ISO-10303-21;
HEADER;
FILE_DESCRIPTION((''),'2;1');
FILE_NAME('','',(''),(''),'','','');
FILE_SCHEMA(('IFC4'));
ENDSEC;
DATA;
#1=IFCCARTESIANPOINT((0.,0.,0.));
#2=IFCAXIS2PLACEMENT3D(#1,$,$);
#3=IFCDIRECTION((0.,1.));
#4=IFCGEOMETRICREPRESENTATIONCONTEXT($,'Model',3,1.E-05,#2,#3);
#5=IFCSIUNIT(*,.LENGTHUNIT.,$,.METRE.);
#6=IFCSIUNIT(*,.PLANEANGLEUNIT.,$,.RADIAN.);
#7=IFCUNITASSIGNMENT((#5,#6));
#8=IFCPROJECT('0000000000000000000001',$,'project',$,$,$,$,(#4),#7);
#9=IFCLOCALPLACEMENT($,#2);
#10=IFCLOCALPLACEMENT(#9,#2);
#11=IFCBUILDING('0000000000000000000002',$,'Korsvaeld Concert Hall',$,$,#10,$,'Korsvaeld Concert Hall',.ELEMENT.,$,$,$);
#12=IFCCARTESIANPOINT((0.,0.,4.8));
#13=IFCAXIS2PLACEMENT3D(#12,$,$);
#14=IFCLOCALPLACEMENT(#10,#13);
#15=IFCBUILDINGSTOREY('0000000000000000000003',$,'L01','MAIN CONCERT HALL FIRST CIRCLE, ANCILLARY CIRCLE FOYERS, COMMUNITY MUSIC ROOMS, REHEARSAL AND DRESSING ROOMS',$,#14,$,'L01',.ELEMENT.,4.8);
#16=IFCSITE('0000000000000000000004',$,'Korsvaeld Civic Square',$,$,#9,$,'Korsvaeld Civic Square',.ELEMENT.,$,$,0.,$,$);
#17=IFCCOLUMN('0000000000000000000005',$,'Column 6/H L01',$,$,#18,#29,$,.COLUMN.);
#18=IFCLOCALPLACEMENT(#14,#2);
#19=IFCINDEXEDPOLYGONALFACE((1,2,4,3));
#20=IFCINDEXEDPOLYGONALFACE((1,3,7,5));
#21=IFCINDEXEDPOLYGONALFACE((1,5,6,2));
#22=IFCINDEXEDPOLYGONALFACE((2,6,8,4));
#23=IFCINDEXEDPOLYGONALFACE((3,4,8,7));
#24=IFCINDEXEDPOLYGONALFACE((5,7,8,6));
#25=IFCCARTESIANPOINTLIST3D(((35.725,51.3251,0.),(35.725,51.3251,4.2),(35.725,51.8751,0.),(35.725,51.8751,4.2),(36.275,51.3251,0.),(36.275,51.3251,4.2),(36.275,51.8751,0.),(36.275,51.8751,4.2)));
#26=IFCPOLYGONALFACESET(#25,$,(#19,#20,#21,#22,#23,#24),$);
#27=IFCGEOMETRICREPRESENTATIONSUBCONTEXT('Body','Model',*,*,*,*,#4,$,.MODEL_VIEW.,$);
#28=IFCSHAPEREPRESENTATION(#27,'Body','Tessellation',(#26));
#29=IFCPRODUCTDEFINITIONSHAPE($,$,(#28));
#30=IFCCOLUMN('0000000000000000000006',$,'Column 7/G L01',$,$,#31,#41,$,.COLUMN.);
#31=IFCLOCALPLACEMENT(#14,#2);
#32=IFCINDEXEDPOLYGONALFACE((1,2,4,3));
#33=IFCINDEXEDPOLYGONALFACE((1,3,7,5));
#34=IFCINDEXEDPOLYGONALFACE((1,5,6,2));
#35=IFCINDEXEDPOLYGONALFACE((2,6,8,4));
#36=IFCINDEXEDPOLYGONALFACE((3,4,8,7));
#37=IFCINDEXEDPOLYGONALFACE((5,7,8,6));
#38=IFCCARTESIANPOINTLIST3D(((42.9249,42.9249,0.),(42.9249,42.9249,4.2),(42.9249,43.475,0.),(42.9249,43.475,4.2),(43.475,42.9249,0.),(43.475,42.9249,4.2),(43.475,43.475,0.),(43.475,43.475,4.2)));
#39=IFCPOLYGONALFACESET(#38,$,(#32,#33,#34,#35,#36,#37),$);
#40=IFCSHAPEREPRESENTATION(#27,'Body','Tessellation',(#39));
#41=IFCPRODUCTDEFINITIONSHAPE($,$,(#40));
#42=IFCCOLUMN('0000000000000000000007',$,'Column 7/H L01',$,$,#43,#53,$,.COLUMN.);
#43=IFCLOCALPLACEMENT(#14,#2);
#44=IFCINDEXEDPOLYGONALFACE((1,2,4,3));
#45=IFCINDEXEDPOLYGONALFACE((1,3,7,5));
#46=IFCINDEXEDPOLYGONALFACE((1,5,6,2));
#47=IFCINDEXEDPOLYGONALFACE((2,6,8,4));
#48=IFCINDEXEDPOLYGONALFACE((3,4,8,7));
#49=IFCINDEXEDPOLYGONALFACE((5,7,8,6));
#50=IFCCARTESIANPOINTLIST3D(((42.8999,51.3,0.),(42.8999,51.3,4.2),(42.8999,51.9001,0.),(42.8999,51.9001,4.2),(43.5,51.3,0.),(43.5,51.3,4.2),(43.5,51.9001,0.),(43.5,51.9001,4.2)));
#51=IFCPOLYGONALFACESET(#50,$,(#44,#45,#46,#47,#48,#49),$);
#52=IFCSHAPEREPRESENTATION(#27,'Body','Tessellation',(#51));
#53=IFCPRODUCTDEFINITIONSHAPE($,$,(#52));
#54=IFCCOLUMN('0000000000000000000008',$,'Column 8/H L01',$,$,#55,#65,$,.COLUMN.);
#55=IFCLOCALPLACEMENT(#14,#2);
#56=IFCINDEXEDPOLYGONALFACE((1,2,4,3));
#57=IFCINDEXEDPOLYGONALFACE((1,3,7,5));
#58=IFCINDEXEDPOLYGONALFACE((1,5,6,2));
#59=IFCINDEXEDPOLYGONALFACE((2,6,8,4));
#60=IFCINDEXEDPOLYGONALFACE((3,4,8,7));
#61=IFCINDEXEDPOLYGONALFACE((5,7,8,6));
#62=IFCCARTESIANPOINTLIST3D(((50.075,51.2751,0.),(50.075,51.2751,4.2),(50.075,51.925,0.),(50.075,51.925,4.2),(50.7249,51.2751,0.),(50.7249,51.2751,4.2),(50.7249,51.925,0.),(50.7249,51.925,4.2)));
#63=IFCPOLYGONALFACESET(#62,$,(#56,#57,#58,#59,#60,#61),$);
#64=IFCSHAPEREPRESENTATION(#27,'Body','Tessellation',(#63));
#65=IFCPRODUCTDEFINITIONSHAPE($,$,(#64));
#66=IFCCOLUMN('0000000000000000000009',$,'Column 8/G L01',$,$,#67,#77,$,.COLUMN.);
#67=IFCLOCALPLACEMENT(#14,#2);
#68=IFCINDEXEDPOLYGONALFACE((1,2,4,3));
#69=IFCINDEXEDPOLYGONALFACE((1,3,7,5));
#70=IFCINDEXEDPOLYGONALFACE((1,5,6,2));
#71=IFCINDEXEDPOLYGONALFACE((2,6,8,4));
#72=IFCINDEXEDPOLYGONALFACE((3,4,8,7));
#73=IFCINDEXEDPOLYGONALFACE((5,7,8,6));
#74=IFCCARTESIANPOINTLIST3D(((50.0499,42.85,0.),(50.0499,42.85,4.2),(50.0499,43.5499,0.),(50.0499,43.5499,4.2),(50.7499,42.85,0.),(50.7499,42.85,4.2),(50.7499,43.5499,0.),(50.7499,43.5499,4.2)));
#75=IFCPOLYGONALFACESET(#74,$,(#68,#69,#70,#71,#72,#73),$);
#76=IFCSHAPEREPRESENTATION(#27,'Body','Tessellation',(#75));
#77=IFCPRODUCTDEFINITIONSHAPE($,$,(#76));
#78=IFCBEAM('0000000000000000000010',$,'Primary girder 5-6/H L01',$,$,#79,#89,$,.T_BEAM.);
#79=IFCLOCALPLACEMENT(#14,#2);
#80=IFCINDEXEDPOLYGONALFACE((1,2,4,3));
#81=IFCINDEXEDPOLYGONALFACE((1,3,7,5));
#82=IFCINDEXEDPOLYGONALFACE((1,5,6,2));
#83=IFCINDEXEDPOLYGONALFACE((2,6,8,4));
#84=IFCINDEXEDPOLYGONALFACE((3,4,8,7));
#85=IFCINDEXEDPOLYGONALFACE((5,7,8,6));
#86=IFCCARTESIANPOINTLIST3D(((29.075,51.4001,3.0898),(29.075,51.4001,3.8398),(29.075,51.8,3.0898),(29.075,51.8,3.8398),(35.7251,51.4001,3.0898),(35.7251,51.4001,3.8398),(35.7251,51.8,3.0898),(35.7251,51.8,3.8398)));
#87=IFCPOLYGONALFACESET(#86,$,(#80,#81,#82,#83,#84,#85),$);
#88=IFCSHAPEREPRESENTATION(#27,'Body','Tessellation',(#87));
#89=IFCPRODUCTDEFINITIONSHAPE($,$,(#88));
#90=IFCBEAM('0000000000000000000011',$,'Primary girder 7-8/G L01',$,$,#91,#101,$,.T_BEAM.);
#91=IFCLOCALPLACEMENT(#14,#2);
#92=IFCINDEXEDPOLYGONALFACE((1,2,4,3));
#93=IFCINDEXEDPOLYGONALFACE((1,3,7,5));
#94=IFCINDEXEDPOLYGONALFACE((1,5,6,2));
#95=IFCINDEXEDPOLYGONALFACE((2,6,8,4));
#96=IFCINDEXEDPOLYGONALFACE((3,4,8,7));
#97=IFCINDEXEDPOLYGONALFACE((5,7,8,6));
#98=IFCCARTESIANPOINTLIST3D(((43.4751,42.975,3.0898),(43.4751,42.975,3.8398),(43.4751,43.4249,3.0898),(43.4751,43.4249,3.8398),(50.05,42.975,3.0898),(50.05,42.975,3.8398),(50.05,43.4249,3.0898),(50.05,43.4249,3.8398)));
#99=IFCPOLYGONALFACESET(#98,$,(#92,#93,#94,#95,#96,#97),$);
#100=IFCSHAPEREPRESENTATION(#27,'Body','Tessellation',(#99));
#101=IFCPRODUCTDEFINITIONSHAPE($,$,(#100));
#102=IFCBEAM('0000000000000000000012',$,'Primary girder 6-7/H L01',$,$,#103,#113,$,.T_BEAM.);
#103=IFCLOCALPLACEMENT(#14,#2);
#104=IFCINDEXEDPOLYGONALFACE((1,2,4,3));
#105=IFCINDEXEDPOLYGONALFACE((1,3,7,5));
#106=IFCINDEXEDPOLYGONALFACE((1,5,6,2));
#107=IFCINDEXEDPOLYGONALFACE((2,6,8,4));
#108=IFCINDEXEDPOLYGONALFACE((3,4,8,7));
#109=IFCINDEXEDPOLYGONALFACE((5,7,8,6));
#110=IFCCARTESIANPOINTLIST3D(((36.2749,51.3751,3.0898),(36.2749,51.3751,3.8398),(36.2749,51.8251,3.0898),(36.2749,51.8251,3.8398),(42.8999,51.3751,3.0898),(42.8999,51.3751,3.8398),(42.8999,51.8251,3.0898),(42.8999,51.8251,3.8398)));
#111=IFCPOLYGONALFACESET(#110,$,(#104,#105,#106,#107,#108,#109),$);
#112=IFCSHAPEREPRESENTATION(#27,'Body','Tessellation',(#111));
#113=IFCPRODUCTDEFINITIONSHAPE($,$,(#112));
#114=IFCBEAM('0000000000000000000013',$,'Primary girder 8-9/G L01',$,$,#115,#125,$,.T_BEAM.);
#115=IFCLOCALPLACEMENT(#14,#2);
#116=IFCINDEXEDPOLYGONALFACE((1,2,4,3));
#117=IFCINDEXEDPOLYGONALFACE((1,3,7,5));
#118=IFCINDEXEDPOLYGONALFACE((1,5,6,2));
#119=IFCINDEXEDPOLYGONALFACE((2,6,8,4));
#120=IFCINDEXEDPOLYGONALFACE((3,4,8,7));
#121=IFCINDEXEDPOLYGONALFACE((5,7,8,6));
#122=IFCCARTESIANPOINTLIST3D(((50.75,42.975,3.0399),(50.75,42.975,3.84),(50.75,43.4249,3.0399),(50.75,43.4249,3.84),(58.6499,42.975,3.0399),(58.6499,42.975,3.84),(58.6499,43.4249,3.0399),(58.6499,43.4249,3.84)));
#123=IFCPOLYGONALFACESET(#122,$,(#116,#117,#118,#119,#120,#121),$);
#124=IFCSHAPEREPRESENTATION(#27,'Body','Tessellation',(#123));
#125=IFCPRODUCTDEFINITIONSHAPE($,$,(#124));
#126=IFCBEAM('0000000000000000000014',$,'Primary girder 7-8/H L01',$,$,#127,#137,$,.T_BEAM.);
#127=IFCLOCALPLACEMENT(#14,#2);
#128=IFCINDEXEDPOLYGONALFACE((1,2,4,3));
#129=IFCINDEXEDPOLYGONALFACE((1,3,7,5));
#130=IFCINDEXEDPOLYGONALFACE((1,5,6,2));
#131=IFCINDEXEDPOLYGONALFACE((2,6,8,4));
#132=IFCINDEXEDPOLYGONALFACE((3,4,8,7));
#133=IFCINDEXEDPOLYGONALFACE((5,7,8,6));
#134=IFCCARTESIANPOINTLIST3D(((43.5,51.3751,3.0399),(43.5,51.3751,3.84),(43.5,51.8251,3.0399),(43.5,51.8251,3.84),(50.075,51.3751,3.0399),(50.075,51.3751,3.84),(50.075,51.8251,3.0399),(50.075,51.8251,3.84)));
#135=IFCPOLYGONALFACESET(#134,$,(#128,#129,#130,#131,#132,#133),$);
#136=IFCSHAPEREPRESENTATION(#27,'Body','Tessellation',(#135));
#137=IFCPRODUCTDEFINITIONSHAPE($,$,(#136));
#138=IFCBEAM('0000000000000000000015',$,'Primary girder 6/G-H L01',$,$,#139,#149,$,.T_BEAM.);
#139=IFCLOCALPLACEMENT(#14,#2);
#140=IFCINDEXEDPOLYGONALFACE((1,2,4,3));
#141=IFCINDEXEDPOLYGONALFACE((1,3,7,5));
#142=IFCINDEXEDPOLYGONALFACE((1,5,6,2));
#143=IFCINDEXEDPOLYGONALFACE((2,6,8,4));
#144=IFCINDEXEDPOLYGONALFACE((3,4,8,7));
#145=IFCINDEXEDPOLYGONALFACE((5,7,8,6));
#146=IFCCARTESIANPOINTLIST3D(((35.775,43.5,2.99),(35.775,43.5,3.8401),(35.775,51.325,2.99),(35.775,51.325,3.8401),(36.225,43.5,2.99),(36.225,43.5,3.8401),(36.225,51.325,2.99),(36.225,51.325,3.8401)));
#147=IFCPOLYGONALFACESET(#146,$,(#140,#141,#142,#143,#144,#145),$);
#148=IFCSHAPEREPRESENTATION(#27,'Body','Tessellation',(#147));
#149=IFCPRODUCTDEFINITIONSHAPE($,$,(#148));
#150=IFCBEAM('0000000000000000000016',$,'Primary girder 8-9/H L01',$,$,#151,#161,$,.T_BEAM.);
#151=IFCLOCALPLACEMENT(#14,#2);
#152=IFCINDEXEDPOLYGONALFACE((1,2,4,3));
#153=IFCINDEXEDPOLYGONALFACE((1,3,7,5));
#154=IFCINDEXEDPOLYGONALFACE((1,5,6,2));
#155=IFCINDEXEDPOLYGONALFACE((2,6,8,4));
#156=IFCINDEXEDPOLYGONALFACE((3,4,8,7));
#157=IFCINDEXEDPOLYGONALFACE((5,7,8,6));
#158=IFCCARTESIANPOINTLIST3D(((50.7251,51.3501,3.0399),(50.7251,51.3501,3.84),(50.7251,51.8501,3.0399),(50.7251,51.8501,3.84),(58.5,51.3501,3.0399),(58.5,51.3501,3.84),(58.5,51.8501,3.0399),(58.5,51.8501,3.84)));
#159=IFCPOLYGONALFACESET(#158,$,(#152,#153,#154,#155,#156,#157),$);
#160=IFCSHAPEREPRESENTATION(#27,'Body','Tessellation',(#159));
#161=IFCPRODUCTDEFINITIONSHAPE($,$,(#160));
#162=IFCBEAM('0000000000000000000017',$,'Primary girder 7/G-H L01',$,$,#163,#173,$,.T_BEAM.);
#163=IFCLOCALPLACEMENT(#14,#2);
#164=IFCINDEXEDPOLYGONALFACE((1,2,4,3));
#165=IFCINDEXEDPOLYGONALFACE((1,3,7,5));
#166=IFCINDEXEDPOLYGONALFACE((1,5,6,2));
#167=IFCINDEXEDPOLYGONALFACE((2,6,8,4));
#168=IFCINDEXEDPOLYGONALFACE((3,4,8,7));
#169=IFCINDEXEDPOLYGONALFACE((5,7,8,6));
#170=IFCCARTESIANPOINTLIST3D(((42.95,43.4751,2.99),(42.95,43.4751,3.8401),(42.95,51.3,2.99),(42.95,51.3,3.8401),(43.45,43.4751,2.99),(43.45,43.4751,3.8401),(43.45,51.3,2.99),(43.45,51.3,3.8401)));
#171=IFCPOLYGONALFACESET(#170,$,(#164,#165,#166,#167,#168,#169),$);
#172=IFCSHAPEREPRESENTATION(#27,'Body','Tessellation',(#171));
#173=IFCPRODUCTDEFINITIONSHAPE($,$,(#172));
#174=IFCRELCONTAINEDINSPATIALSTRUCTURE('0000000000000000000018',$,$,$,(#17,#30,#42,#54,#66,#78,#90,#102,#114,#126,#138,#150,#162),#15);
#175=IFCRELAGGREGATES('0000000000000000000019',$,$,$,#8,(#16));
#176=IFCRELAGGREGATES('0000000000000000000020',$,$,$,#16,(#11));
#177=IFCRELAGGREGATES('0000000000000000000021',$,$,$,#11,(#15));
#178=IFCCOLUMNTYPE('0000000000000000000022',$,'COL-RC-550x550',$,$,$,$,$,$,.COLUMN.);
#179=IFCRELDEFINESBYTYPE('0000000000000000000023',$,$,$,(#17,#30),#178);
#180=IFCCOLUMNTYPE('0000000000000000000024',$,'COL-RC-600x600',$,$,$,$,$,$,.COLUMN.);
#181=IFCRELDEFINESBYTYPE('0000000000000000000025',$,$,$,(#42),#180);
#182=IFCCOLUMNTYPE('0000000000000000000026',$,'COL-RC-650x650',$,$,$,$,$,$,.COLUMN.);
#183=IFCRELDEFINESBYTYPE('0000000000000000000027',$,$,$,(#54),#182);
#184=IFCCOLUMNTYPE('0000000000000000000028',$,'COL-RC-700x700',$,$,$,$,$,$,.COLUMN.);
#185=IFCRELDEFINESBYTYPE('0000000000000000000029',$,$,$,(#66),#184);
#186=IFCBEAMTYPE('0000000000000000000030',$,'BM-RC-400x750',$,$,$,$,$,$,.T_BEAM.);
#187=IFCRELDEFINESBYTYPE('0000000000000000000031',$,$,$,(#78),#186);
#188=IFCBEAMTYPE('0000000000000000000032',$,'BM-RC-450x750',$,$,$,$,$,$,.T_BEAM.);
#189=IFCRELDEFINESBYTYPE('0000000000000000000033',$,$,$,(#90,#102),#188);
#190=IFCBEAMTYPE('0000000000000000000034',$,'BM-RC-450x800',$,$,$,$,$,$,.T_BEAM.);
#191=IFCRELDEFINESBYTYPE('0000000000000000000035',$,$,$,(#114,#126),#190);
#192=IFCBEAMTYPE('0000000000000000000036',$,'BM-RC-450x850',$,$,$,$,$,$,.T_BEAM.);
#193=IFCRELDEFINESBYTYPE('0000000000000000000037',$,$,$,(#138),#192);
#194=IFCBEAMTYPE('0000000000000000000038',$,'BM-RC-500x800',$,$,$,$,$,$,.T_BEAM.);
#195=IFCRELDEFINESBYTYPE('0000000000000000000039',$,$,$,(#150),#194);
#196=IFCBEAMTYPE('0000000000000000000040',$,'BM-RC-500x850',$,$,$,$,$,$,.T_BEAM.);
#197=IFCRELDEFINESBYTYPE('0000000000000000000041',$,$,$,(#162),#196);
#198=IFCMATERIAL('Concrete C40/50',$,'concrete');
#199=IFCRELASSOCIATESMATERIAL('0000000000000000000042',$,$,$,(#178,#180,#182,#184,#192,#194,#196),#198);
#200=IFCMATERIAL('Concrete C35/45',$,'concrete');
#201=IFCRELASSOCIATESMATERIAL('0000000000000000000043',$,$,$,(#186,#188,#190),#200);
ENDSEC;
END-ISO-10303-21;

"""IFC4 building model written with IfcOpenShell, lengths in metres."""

from ifc_helpers import new_model, si_unit, direction, frame, origin, origin_2d, place, context, subcontext, project, spatial, rectangle, extrude, material, material_profile, profile_set, type_object, element, save


model = new_model("IFC4")

# Units and contexts
model_context = context("Model", 3, precision=1e-05, world=origin(), true_north=direction((0.0, 1.0)))
body_context = subcontext(model_context, "Body", "Model", "MODEL_VIEW")
ifc_project = project(units=[si_unit("LENGTHUNIT", "METRE"), si_unit("PLANEANGLEUNIT", "RADIAN")], contexts=[model_context])

# Site, building, storey
site_placement = place(None, origin())
site = spatial("IfcSite", under=ifc_project, at=site_placement, Name="Korsvaeld Civic Square", LongName="Korsvaeld Civic Square", CompositionType="ELEMENT", RefElevation=0.0)
building_placement = place(site_placement, origin())
building = spatial("IfcBuilding", under=site, at=building_placement, Name="Korsvaeld Concert Hall", LongName="Korsvaeld Concert Hall", CompositionType="ELEMENT")
storey_placement = place(building_placement, frame((0.0, 0.0, 4.8)))
storey = spatial("IfcBuildingStorey", under=building, at=storey_placement, Name="L01", Description="MAIN CONCERT HALL FIRST CIRCLE, ANCILLARY CIRCLE FOYERS, COMMUNITY MUSIC ROOMS, REHEARSAL AND DRESSING ROOMS", LongName="L01", CompositionType="ELEMENT", Elevation=4.8)

# Columns
ifc_material_1 = material(Name="Concrete C40/50", Category="concrete")
ifc_material_profile_1 = material_profile(ifc_material_1, rectangle(XDim=0.55, YDim=0.55, at=origin_2d()), Name="RC 550x550")
ifc_profile_set_1 = profile_set([ifc_material_profile_1], Name="Concrete C40/50")
column_type_1 = type_object("IfcColumnType", Name="COL-RC-550x550", PredefinedType="COLUMN", material=ifc_profile_set_1)
for number, where, z_axis, x_axis, name in (
    (1, (36.0, 51.6001, 0.0), (0.0, 0.0, 1.0), (1.0, 0.0, 0.0), "Column 6/H L01"),
    (2, (43.2, 43.2, 0.0), (0.0, 0.0, 1.0), (1.0, 0.0, 0.0), "Column 7/G L01"),
):
    element("IfcColumn", number, at=place(storey_placement, frame(where, z_axis=z_axis, x_axis=x_axis)), inside=storey, type_object=column_type_1, Name=name, PredefinedType="COLUMN", context=body_context, shape_type="SweptSolid", body=[
        extrude(rectangle(XDim=0.55, YDim=0.55, at=origin_2d()), origin(), (0.0, 0.0, 1.0), 4.2),
    ])
ifc_material_profile_2 = material_profile(ifc_material_1, rectangle(XDim=0.6001, YDim=0.6001, at=origin_2d()), Name="RC 600x600")
ifc_profile_set_2 = profile_set([ifc_material_profile_2], Name="Concrete C40/50")
column_type_2 = type_object("IfcColumnType", Name="COL-RC-600x600", PredefinedType="COLUMN", material=ifc_profile_set_2)
column_1_placement = place(storey_placement, frame((43.2, 51.6001, 0.0), z_axis=(0.0, 0.0, 1.0), x_axis=(1.0, 0.0, 0.0)))
element("IfcColumn", 3, at=column_1_placement, inside=storey, type_object=column_type_2, Name="Column 7/H L01", PredefinedType="COLUMN", context=body_context, shape_type="SweptSolid", body=[
    extrude(rectangle(XDim=0.6001, YDim=0.6001, at=origin_2d()), origin(), (0.0, 0.0, 1.0), 4.2),
])
ifc_material_profile_3 = material_profile(ifc_material_1, rectangle(XDim=0.6499, YDim=0.6499, at=origin_2d()), Name="RC 650x650")
ifc_profile_set_3 = profile_set([ifc_material_profile_3], Name="Concrete C40/50")
column_type_3 = type_object("IfcColumnType", Name="COL-RC-650x650", PredefinedType="COLUMN", material=ifc_profile_set_3)
column_2_placement = place(storey_placement, frame((50.3999, 51.6001, 0.0), z_axis=(0.0, 0.0, 1.0), x_axis=(1.0, 0.0, 0.0)))
element("IfcColumn", 4, at=column_2_placement, inside=storey, type_object=column_type_3, Name="Column 8/H L01", PredefinedType="COLUMN", context=body_context, shape_type="SweptSolid", body=[
    extrude(rectangle(XDim=0.6499, YDim=0.6499, at=origin_2d()), origin(), (0.0, 0.0, 1.0), 4.2),
])
ifc_material_profile_4 = material_profile(ifc_material_1, rectangle(XDim=0.7, YDim=0.7, at=origin_2d()), Name="RC 700x700")
ifc_profile_set_4 = profile_set([ifc_material_profile_4], Name="Concrete C40/50")
column_type_4 = type_object("IfcColumnType", Name="COL-RC-700x700", PredefinedType="COLUMN", material=ifc_profile_set_4)
column_3_placement = place(storey_placement, frame((50.3999, 43.2, 0.0), z_axis=(0.0, 0.0, 1.0), x_axis=(1.0, 0.0, 0.0)))
element("IfcColumn", 5, at=column_3_placement, inside=storey, type_object=column_type_4, Name="Column 8/G L01", PredefinedType="COLUMN", context=body_context, shape_type="SweptSolid", body=[
    extrude(rectangle(XDim=0.7, YDim=0.7, at=origin_2d()), origin(), (0.0, 0.0, 1.0), 4.2),
])

# Beams
ifc_material_2 = material(Name="Concrete C35/45", Category="concrete")
ifc_material_profile_5 = material_profile(ifc_material_2, rectangle(XDim=0.3999, YDim=0.75, at=origin_2d()), Name="RC 400x750")
ifc_profile_set_5 = profile_set([ifc_material_profile_5], Name="Concrete C35/45")
beam_type_1 = type_object("IfcBeamType", Name="BM-RC-400x750", PredefinedType="T_BEAM", material=ifc_profile_set_5)
beam_1_placement = place(storey_placement, frame((29.075, 51.6001, 3.4648), z_axis=(1.0, 0.0, 0.0), x_axis=(0.0, 1.0, 0.0)))
element("IfcBeam", 6, at=beam_1_placement, inside=storey, type_object=beam_type_1, Name="Primary girder 5-6/H L01", PredefinedType="T_BEAM", context=body_context, shape_type="SweptSolid", body=[
    extrude(rectangle(XDim=0.3999, YDim=0.75, at=origin_2d()), origin(), (0.0, 0.0, 1.0), 6.6501),
])
ifc_material_profile_6 = material_profile(ifc_material_2, rectangle(XDim=0.45, YDim=0.75, at=origin_2d()), Name="RC 450x750")
ifc_profile_set_6 = profile_set([ifc_material_profile_6], Name="Concrete C35/45")
beam_type_2 = type_object("IfcBeamType", Name="BM-RC-450x750", PredefinedType="T_BEAM", material=ifc_profile_set_6)
beam_2_placement = place(storey_placement, frame((43.4751, 43.2, 3.4648), z_axis=(1.0, 0.0, 0.0), x_axis=(0.0, 1.0, 0.0)))
element("IfcBeam", 7, at=beam_2_placement, inside=storey, type_object=beam_type_2, Name="Primary girder 7-8/G L01", PredefinedType="T_BEAM", context=body_context, shape_type="SweptSolid", body=[
    extrude(rectangle(XDim=0.45, YDim=0.75, at=origin_2d()), origin(), (0.0, 0.0, 1.0), 6.575),
])
beam_3_placement = place(storey_placement, frame((36.2749, 51.6001, 3.4648), z_axis=(1.0, 0.0, 0.0), x_axis=(0.0, 1.0, 0.0)))
element("IfcBeam", 8, at=beam_3_placement, inside=storey, type_object=beam_type_2, Name="Primary girder 6-7/H L01", PredefinedType="T_BEAM", context=body_context, shape_type="SweptSolid", body=[
    extrude(rectangle(XDim=0.45, YDim=0.75, at=origin_2d()), origin(), (0.0, 0.0, 1.0), 6.625),
])
ifc_material_profile_7 = material_profile(ifc_material_2, rectangle(XDim=0.45, YDim=0.8, at=origin_2d()), Name="RC 450x800")
ifc_profile_set_7 = profile_set([ifc_material_profile_7], Name="Concrete C35/45")
beam_type_3 = type_object("IfcBeamType", Name="BM-RC-450x800", PredefinedType="T_BEAM", material=ifc_profile_set_7)
beam_4_placement = place(storey_placement, frame((50.75, 43.2, 3.4399), z_axis=(1.0, 0.0, 0.0), x_axis=(0.0, 1.0, 0.0)))
element("IfcBeam", 9, at=beam_4_placement, inside=storey, type_object=beam_type_3, Name="Primary girder 8-9/G L01", PredefinedType="T_BEAM", context=body_context, shape_type="SweptSolid", body=[
    extrude(rectangle(XDim=0.45, YDim=0.8, at=origin_2d()), origin(), (0.0, 0.0, 1.0), 7.8999),
])
beam_5_placement = place(storey_placement, frame((43.5, 51.6001, 3.4399), z_axis=(1.0, 0.0, 0.0), x_axis=(0.0, 1.0, 0.0)))
element("IfcBeam", 10, at=beam_5_placement, inside=storey, type_object=beam_type_3, Name="Primary girder 7-8/H L01", PredefinedType="T_BEAM", context=body_context, shape_type="SweptSolid", body=[
    extrude(rectangle(XDim=0.45, YDim=0.8, at=origin_2d()), origin(), (0.0, 0.0, 1.0), 6.575),
])
ifc_material_profile_8 = material_profile(ifc_material_1, rectangle(XDim=0.45, YDim=0.8501, at=origin_2d()), Name="RC 450x850")
ifc_profile_set_8 = profile_set([ifc_material_profile_8], Name="Concrete C40/50")
beam_type_4 = type_object("IfcBeamType", Name="BM-RC-450x850", PredefinedType="T_BEAM", material=ifc_profile_set_8)
beam_6_placement = place(storey_placement, frame((36.0, 43.5, 3.415), z_axis=(0.0, 1.0, 0.0), x_axis=(-1.0, 0.0, 0.0)))
element("IfcBeam", 11, at=beam_6_placement, inside=storey, type_object=beam_type_4, Name="Primary girder 6/G-H L01", PredefinedType="T_BEAM", context=body_context, shape_type="SweptSolid", body=[
    extrude(rectangle(XDim=0.45, YDim=0.8501, at=origin_2d()), origin(), (0.0, 0.0, 1.0), 7.825),
])
ifc_material_profile_9 = material_profile(ifc_material_1, rectangle(XDim=0.5, YDim=0.8, at=origin_2d()), Name="RC 500x800")
ifc_profile_set_9 = profile_set([ifc_material_profile_9], Name="Concrete C40/50")
beam_type_5 = type_object("IfcBeamType", Name="BM-RC-500x800", PredefinedType="T_BEAM", material=ifc_profile_set_9)
beam_7_placement = place(storey_placement, frame((50.7251, 51.6001, 3.4399), z_axis=(1.0, 0.0, 0.0), x_axis=(0.0, 1.0, 0.0)))
element("IfcBeam", 12, at=beam_7_placement, inside=storey, type_object=beam_type_5, Name="Primary girder 8-9/H L01", PredefinedType="T_BEAM", context=body_context, shape_type="SweptSolid", body=[
    extrude(rectangle(XDim=0.5, YDim=0.8, at=origin_2d()), origin(), (0.0, 0.0, 1.0), 7.7749),
])
ifc_material_profile_10 = material_profile(ifc_material_1, rectangle(XDim=0.5, YDim=0.8501, at=origin_2d()), Name="RC 500x850")
ifc_profile_set_10 = profile_set([ifc_material_profile_10], Name="Concrete C40/50")
beam_type_6 = type_object("IfcBeamType", Name="BM-RC-500x850", PredefinedType="T_BEAM", material=ifc_profile_set_10)
beam_8_placement = place(storey_placement, frame((43.2, 43.4751, 3.415), z_axis=(0.0, 1.0, 0.0), x_axis=(-1.0, 0.0, 0.0)))
element("IfcBeam", 13, at=beam_8_placement, inside=storey, type_object=beam_type_6, Name="Primary girder 7/G-H L01", PredefinedType="T_BEAM", context=body_context, shape_type="SweptSolid", body=[
    extrude(rectangle(XDim=0.5, YDim=0.8501, at=origin_2d()), origin(), (0.0, 0.0, 1.0), 7.825),
])

save(model, "model.ifc")
